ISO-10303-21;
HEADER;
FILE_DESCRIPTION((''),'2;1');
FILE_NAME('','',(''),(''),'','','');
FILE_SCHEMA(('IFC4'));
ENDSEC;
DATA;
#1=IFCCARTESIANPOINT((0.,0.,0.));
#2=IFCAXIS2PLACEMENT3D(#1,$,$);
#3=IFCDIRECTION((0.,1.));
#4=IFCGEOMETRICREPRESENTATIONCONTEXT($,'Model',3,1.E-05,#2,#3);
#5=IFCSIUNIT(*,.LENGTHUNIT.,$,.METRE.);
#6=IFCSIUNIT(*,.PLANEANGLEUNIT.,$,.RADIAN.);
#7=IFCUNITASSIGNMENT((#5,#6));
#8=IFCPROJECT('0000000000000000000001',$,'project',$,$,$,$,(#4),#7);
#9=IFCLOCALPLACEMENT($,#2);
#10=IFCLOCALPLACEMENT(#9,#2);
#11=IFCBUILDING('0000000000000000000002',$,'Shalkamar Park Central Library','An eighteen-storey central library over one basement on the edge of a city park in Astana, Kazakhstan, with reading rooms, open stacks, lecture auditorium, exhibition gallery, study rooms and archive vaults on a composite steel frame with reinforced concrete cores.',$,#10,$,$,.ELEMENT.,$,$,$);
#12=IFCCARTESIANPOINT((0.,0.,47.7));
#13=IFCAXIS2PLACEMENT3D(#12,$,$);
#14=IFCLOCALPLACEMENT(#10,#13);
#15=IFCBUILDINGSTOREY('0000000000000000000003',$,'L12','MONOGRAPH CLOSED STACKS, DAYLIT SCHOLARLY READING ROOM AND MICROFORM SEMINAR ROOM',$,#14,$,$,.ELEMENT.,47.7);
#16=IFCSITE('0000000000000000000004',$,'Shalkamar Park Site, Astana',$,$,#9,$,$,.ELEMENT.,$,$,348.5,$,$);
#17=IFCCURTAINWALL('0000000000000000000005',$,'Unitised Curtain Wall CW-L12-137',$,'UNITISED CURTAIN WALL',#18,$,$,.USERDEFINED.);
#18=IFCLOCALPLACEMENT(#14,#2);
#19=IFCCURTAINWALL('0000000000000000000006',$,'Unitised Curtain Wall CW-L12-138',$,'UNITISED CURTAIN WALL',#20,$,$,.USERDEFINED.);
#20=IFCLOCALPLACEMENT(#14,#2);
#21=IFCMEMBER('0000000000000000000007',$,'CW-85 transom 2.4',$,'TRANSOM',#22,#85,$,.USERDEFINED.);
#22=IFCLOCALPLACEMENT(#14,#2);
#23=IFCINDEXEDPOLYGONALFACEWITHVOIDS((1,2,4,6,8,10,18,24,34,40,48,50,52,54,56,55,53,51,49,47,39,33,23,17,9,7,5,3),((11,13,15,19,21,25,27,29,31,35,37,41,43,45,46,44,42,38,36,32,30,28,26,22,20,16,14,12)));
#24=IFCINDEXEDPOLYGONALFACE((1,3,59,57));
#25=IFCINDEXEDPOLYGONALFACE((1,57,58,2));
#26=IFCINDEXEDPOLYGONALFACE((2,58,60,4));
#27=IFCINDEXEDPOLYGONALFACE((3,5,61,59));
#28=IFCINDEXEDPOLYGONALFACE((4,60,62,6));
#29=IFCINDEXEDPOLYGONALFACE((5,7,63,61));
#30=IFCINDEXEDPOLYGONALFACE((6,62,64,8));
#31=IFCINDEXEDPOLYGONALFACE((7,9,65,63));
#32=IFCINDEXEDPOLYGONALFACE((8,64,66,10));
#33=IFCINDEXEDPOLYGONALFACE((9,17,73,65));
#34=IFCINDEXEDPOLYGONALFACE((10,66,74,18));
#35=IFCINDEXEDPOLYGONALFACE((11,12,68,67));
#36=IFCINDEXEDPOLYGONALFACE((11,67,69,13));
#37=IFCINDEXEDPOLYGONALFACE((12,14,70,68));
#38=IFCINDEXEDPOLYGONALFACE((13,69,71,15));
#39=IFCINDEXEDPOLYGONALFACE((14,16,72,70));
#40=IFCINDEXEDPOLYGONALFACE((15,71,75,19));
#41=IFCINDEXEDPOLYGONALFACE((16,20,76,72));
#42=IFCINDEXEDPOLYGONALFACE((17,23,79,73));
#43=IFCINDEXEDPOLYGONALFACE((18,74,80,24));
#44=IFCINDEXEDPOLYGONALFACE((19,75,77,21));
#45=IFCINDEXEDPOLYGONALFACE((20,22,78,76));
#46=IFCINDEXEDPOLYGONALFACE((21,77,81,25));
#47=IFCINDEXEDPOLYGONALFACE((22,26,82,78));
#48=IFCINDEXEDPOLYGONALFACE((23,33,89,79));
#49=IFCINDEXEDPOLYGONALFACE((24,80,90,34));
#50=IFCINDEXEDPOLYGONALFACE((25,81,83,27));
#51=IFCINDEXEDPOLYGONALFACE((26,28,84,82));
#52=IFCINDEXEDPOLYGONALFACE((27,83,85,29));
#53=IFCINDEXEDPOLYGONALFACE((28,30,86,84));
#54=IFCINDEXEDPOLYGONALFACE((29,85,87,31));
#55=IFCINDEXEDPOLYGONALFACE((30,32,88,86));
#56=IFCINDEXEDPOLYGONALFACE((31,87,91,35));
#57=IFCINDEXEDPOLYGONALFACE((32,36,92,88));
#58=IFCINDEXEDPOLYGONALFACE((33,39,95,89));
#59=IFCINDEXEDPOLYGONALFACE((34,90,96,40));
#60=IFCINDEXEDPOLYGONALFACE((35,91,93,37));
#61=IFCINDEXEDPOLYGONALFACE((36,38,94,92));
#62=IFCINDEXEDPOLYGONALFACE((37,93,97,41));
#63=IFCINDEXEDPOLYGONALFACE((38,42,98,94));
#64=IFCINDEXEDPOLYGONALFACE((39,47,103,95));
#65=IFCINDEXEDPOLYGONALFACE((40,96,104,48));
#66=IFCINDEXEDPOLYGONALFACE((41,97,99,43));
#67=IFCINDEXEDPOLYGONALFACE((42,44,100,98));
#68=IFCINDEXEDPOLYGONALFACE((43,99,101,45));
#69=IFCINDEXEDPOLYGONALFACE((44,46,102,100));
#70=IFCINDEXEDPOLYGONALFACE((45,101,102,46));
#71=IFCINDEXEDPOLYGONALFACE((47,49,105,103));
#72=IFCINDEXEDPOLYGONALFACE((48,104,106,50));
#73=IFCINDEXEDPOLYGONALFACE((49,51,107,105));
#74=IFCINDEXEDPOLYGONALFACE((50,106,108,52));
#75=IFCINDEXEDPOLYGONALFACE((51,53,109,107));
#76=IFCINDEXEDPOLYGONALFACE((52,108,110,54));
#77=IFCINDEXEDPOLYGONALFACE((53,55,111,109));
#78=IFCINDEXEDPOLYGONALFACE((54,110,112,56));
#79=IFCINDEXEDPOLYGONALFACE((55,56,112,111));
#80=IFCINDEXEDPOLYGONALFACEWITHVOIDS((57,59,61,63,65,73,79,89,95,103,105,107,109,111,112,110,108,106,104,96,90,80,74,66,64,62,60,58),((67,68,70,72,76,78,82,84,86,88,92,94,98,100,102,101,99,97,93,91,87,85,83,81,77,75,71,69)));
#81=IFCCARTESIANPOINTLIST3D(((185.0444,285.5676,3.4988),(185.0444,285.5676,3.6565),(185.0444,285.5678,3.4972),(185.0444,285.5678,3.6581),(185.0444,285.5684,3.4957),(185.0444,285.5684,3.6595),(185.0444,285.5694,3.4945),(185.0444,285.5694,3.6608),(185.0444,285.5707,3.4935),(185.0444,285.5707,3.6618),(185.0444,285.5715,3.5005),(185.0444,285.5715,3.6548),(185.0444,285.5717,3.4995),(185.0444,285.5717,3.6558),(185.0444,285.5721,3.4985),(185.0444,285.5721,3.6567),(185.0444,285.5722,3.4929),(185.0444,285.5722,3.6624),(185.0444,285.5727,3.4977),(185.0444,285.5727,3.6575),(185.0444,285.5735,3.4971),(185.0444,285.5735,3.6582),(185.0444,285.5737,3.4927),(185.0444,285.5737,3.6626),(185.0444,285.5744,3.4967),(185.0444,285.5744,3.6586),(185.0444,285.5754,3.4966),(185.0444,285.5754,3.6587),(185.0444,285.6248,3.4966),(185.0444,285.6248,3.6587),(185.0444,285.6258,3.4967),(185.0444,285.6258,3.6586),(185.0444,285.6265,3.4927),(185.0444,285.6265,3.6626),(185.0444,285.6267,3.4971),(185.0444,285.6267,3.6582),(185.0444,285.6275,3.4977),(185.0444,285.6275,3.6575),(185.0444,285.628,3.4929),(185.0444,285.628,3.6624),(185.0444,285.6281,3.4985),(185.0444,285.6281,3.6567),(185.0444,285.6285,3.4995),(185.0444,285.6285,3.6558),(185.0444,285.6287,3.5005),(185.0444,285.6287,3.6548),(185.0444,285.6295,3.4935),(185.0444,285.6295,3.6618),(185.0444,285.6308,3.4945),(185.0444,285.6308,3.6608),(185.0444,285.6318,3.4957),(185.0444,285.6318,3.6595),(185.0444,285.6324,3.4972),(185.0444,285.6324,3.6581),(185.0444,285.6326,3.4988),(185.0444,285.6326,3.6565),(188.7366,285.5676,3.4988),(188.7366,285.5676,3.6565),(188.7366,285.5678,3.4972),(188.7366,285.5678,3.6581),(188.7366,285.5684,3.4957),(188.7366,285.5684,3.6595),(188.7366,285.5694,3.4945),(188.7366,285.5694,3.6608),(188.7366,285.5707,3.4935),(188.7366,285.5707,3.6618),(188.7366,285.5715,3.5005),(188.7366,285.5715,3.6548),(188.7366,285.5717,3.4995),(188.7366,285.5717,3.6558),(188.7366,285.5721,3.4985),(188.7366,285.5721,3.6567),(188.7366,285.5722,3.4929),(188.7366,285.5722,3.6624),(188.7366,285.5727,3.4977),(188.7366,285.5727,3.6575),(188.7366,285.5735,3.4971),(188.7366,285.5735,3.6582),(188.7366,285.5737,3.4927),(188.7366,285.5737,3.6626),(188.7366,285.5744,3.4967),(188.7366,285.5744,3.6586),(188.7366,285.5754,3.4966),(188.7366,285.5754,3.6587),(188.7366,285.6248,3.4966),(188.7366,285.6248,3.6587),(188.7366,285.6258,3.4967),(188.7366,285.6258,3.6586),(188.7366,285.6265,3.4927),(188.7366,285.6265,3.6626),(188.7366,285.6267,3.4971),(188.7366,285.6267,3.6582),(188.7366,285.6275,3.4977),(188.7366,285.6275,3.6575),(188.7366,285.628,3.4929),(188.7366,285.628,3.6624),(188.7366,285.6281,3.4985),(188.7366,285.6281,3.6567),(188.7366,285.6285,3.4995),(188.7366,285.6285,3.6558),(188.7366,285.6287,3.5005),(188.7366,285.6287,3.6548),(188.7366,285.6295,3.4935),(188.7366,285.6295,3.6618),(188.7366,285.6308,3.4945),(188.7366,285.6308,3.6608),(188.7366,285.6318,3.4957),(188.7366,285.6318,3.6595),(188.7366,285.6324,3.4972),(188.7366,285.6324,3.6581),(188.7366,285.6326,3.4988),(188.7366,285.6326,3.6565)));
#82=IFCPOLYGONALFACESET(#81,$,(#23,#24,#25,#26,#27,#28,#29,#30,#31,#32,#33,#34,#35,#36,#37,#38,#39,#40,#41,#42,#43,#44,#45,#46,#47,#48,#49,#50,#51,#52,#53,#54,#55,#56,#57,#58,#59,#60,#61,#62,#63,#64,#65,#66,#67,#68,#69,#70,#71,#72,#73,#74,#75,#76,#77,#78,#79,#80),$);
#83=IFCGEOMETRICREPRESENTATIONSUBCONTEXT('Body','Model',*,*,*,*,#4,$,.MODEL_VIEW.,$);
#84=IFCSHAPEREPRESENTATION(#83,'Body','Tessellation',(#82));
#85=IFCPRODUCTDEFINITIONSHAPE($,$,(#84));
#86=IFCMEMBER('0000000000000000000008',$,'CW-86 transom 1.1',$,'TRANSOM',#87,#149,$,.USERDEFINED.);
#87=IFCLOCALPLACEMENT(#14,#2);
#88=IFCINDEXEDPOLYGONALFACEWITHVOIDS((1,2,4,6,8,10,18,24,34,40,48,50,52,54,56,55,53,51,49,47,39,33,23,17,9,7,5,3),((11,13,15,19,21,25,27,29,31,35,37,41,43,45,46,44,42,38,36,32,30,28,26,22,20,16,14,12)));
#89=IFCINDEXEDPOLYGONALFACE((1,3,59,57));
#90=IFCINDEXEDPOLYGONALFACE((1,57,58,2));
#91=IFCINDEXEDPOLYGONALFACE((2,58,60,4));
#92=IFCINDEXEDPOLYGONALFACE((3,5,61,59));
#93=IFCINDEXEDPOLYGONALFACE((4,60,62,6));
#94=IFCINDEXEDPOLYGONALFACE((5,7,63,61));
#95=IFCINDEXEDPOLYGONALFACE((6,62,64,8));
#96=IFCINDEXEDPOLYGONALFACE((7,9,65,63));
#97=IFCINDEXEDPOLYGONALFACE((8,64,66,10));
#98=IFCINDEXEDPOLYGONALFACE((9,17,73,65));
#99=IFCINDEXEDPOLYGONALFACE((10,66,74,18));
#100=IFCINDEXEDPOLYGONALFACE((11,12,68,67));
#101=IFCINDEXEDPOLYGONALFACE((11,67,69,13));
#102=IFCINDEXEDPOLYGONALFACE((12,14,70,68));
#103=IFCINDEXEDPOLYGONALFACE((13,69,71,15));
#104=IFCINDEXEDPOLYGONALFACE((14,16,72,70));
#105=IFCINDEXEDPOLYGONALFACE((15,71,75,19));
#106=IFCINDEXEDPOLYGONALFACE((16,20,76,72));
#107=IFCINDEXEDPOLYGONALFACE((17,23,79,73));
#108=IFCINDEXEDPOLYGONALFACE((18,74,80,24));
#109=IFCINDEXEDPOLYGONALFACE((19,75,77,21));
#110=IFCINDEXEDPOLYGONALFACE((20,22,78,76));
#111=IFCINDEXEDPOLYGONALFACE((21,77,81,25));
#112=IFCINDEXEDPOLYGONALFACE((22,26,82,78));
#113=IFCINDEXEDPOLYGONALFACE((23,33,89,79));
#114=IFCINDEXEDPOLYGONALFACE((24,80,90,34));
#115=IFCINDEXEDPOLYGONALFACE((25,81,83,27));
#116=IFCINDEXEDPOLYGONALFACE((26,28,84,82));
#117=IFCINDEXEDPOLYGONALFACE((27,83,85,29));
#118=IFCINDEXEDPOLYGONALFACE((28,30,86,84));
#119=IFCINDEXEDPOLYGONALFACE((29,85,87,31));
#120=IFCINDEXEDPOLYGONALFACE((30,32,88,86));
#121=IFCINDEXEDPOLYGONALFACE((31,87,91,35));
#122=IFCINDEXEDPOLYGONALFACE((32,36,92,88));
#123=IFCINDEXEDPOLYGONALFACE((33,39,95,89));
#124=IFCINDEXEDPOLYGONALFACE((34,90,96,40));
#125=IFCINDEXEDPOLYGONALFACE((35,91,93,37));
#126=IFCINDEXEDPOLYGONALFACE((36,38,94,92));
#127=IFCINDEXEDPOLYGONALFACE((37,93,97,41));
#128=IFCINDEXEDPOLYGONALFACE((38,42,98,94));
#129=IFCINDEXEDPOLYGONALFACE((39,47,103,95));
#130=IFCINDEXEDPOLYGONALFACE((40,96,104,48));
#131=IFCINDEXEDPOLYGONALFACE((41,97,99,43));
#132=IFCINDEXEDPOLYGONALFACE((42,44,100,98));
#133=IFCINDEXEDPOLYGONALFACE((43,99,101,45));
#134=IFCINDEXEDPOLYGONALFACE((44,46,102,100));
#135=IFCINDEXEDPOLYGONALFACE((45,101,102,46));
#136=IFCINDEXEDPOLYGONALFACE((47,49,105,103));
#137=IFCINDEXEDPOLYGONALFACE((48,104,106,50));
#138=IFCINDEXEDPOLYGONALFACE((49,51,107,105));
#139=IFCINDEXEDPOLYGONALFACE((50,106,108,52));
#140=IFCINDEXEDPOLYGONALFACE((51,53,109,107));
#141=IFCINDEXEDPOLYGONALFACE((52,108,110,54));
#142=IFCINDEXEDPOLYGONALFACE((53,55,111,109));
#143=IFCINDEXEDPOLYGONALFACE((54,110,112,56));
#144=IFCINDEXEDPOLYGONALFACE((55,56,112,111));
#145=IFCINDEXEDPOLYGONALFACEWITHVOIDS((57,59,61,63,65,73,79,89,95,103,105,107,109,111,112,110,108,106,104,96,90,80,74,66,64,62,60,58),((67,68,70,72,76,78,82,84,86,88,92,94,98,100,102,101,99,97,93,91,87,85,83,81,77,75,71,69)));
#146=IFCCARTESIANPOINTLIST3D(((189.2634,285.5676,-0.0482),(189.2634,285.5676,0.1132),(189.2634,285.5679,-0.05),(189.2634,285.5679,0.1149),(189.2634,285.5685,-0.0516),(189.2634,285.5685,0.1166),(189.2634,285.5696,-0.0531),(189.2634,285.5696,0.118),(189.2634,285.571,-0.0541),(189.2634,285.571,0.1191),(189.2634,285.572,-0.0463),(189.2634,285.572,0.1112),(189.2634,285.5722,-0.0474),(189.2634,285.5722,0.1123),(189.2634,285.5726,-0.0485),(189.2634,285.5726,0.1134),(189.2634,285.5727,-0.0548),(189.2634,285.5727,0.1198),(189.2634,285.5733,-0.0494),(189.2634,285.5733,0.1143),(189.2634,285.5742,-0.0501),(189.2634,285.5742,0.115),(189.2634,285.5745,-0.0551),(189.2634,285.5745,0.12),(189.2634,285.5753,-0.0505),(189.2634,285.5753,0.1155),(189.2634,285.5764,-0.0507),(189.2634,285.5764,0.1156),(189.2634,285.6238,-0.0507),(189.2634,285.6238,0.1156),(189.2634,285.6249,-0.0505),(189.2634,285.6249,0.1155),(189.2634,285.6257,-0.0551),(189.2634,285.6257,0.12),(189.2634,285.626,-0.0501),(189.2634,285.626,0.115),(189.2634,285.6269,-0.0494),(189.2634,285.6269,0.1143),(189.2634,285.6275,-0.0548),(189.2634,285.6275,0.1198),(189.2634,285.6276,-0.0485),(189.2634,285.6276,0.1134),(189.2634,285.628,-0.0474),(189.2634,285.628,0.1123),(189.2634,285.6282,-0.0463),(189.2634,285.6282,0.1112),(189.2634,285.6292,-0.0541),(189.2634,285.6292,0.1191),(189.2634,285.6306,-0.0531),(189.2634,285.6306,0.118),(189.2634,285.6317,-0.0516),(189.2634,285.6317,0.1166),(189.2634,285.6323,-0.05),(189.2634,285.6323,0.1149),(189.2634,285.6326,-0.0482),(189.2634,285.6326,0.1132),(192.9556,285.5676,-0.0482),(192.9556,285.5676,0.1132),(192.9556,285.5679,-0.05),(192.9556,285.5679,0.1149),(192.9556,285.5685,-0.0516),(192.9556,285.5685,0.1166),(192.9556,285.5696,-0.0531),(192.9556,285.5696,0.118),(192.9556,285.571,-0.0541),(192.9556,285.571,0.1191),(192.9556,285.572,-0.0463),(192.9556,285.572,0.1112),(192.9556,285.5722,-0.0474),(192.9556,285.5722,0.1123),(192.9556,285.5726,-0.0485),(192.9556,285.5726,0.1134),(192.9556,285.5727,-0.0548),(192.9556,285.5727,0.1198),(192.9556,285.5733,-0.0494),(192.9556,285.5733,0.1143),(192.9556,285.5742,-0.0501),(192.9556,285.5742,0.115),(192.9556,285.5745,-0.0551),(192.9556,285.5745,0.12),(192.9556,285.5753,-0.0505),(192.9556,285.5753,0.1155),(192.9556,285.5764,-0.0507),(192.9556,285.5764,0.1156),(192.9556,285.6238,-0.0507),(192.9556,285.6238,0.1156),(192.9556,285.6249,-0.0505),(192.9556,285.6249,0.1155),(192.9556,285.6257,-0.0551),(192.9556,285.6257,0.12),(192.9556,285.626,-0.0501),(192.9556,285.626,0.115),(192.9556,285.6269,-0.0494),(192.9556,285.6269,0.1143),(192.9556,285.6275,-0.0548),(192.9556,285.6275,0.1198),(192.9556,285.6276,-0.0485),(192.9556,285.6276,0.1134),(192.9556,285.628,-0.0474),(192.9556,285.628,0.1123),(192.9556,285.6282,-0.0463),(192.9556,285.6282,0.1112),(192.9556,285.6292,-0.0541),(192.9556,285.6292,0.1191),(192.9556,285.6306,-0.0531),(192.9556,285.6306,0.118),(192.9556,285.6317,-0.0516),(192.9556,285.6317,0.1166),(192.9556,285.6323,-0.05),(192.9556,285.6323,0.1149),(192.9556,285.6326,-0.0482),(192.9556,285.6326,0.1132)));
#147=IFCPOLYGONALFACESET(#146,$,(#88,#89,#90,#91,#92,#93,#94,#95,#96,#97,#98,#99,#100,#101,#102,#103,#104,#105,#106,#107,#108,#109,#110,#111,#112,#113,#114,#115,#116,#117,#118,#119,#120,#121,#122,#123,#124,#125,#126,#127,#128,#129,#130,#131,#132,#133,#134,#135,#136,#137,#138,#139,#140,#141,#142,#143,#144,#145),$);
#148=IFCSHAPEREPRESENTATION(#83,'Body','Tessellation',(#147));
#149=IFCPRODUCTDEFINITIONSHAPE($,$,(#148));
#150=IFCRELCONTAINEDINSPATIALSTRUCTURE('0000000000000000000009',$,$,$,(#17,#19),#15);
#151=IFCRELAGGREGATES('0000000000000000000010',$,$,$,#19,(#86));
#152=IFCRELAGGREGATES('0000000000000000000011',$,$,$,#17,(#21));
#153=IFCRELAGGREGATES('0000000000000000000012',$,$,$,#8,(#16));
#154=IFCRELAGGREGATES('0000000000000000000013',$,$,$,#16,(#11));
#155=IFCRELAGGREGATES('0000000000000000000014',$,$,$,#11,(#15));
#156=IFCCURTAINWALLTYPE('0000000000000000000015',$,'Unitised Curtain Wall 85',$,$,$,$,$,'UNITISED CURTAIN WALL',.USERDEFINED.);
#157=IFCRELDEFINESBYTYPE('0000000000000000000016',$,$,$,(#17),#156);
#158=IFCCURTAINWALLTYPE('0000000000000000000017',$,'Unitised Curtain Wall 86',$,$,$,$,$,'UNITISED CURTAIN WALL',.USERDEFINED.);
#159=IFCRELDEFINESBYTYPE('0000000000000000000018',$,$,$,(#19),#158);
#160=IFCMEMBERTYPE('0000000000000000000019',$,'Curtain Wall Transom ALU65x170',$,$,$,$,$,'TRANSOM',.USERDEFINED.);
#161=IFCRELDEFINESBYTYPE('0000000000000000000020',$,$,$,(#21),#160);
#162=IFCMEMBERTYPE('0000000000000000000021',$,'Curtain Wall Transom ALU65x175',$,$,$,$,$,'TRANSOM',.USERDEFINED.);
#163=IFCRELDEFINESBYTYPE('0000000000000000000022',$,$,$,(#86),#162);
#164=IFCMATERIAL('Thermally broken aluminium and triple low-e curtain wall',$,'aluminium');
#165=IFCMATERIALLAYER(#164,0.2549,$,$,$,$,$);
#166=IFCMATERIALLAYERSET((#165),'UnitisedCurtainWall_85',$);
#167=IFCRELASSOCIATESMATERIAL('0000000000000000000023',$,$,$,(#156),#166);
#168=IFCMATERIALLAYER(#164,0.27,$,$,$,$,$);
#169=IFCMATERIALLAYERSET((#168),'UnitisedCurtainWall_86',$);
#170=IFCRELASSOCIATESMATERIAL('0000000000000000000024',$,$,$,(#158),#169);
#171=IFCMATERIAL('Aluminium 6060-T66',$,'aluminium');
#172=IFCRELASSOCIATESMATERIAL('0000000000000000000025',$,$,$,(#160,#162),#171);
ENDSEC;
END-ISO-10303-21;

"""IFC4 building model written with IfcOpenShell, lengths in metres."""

from ifc_helpers import new_model, si_unit, direction, frame, origin, origin_2d, place, context, subcontext, project, spatial, hollow_rectangle, extrude, material, layer, layer_set, material_profile, profile_set, type_object, element, aggregate, save


model = new_model("IFC4")

# Units and contexts
model_context = context("Model", 3, precision=1e-05, world=origin(), true_north=direction((0.0, 1.0)))
body_context = subcontext(model_context, "Body", "Model", "MODEL_VIEW")
ifc_project = project(units=[si_unit("LENGTHUNIT", "METRE"), si_unit("PLANEANGLEUNIT", "RADIAN")], contexts=[model_context])

# Site, building, storey
site_placement = place(None, origin())
site = spatial("IfcSite", under=ifc_project, at=site_placement, Name="Shalkamar Park Site, Astana", CompositionType="ELEMENT", RefElevation=348.5)
building_placement = place(site_placement, origin())
building = spatial("IfcBuilding", under=site, at=building_placement, Name="Shalkamar Park Central Library", Description="An eighteen-storey central library over one basement on the edge of a city park in Astana, Kazakhstan, with reading rooms, open stacks, lecture auditorium, exhibition gallery, study rooms and archive vaults on a composite steel frame with reinforced concrete cores.", CompositionType="ELEMENT")
storey_placement = place(building_placement, frame((0.0, 0.0, 47.7)))
storey = spatial("IfcBuildingStorey", under=building, at=storey_placement, Name="L12", Description="MONOGRAPH CLOSED STACKS, DAYLIT SCHOLARLY READING ROOM AND MICROFORM SEMINAR ROOM", CompositionType="ELEMENT", Elevation=47.7)

# Curtain wall
ifc_material_1 = material(Name="Thermally broken aluminium and triple low-e curtain wall", Category="aluminium")
ifc_layer_1 = layer(ifc_material_1, 0.2549)
ifc_layer_set_1 = layer_set([ifc_layer_1], Name="UnitisedCurtainWall_85")
curtain_wall_type_1 = type_object("IfcCurtainWallType", Name="Unitised Curtain Wall 85", ElementType="UNITISED CURTAIN WALL", PredefinedType="USERDEFINED", material=ifc_layer_set_1)
curtain_wall_1_placement = place(storey_placement, origin())
curtain_wall_1 = element("IfcCurtainWall", 1, at=curtain_wall_1_placement, inside=storey, type_object=curtain_wall_type_1, Name="Unitised Curtain Wall CW-L12-137", ObjectType="UNITISED CURTAIN WALL", PredefinedType="USERDEFINED")
ifc_material_2 = material(Name="Aluminium 6060-T66", Category="aluminium")

# Curtain wall
ifc_layer_2 = layer(ifc_material_1, 0.27)
ifc_layer_set_2 = layer_set([ifc_layer_2], Name="UnitisedCurtainWall_86")
curtain_wall_type_2 = type_object("IfcCurtainWallType", Name="Unitised Curtain Wall 86", ElementType="UNITISED CURTAIN WALL", PredefinedType="USERDEFINED", material=ifc_layer_set_2)
curtain_wall_2_placement = place(storey_placement, origin())
curtain_wall_2 = element("IfcCurtainWall", 2, at=curtain_wall_2_placement, inside=storey, type_object=curtain_wall_type_2, Name="Unitised Curtain Wall CW-L12-138", ObjectType="UNITISED CURTAIN WALL", PredefinedType="USERDEFINED")

# Members
ifc_material_profile_1 = material_profile(ifc_material_2, hollow_rectangle(XDim=0.0649, YDim=0.1699, WallThickness=0.0039, InnerFilletRadius=0.0039, OuterFilletRadius=0.0061, at=origin_2d()), Name="ALU 65x170x4")
ifc_profile_set_1 = profile_set([ifc_material_profile_1], Name="Aluminium 6060-T66")
member_type_1 = type_object("IfcMemberType", Name="Curtain Wall Transom ALU65x170", ElementType="TRANSOM", PredefinedType="USERDEFINED", material=ifc_profile_set_1)
member_1_placement = place(storey_placement, frame((185.0444, 285.6001, 3.5776), z_axis=(1.0, 0.0, 0.0), x_axis=(0.0, 1.0, 0.0)))
member_1 = element("IfcMember", 3, at=member_1_placement, type_object=member_type_1, Name="CW-85 transom 2.4", ObjectType="TRANSOM", PredefinedType="USERDEFINED", context=body_context, shape_type="SweptSolid", body=[
    extrude(hollow_rectangle(XDim=0.0649, YDim=0.1699, WallThickness=0.0039, InnerFilletRadius=0.0039, OuterFilletRadius=0.0061, at=origin_2d()), origin(), (0.0, 0.0, 1.0), 3.6921),
])
ifc_material_profile_2 = material_profile(ifc_material_2, hollow_rectangle(XDim=0.0649, YDim=0.175, WallThickness=0.0044, InnerFilletRadius=0.0044, OuterFilletRadius=0.0068, at=origin_2d()), Name="ALU 65x175x4.5")
ifc_profile_set_2 = profile_set([ifc_material_profile_2], Name="Aluminium 6060-T66")
member_type_2 = type_object("IfcMemberType", Name="Curtain Wall Transom ALU65x175", ElementType="TRANSOM", PredefinedType="USERDEFINED", material=ifc_profile_set_2)
member_2_placement = place(storey_placement, frame((189.2634, 285.6001, 0.0325), z_axis=(1.0, 0.0, 0.0), x_axis=(0.0, 1.0, 0.0)))
member_2 = element("IfcMember", 4, at=member_2_placement, type_object=member_type_2, Name="CW-86 transom 1.1", ObjectType="TRANSOM", PredefinedType="USERDEFINED", context=body_context, shape_type="SweptSolid", body=[
    extrude(hollow_rectangle(XDim=0.0649, YDim=0.175, WallThickness=0.0044, InnerFilletRadius=0.0044, OuterFilletRadius=0.0068, at=origin_2d()), origin(), (0.0, 0.0, 1.0), 3.6921),
])

aggregate(curtain_wall_2, [member_2])
aggregate(curtain_wall_1, [member_1])

save(model, "model.ifc")
